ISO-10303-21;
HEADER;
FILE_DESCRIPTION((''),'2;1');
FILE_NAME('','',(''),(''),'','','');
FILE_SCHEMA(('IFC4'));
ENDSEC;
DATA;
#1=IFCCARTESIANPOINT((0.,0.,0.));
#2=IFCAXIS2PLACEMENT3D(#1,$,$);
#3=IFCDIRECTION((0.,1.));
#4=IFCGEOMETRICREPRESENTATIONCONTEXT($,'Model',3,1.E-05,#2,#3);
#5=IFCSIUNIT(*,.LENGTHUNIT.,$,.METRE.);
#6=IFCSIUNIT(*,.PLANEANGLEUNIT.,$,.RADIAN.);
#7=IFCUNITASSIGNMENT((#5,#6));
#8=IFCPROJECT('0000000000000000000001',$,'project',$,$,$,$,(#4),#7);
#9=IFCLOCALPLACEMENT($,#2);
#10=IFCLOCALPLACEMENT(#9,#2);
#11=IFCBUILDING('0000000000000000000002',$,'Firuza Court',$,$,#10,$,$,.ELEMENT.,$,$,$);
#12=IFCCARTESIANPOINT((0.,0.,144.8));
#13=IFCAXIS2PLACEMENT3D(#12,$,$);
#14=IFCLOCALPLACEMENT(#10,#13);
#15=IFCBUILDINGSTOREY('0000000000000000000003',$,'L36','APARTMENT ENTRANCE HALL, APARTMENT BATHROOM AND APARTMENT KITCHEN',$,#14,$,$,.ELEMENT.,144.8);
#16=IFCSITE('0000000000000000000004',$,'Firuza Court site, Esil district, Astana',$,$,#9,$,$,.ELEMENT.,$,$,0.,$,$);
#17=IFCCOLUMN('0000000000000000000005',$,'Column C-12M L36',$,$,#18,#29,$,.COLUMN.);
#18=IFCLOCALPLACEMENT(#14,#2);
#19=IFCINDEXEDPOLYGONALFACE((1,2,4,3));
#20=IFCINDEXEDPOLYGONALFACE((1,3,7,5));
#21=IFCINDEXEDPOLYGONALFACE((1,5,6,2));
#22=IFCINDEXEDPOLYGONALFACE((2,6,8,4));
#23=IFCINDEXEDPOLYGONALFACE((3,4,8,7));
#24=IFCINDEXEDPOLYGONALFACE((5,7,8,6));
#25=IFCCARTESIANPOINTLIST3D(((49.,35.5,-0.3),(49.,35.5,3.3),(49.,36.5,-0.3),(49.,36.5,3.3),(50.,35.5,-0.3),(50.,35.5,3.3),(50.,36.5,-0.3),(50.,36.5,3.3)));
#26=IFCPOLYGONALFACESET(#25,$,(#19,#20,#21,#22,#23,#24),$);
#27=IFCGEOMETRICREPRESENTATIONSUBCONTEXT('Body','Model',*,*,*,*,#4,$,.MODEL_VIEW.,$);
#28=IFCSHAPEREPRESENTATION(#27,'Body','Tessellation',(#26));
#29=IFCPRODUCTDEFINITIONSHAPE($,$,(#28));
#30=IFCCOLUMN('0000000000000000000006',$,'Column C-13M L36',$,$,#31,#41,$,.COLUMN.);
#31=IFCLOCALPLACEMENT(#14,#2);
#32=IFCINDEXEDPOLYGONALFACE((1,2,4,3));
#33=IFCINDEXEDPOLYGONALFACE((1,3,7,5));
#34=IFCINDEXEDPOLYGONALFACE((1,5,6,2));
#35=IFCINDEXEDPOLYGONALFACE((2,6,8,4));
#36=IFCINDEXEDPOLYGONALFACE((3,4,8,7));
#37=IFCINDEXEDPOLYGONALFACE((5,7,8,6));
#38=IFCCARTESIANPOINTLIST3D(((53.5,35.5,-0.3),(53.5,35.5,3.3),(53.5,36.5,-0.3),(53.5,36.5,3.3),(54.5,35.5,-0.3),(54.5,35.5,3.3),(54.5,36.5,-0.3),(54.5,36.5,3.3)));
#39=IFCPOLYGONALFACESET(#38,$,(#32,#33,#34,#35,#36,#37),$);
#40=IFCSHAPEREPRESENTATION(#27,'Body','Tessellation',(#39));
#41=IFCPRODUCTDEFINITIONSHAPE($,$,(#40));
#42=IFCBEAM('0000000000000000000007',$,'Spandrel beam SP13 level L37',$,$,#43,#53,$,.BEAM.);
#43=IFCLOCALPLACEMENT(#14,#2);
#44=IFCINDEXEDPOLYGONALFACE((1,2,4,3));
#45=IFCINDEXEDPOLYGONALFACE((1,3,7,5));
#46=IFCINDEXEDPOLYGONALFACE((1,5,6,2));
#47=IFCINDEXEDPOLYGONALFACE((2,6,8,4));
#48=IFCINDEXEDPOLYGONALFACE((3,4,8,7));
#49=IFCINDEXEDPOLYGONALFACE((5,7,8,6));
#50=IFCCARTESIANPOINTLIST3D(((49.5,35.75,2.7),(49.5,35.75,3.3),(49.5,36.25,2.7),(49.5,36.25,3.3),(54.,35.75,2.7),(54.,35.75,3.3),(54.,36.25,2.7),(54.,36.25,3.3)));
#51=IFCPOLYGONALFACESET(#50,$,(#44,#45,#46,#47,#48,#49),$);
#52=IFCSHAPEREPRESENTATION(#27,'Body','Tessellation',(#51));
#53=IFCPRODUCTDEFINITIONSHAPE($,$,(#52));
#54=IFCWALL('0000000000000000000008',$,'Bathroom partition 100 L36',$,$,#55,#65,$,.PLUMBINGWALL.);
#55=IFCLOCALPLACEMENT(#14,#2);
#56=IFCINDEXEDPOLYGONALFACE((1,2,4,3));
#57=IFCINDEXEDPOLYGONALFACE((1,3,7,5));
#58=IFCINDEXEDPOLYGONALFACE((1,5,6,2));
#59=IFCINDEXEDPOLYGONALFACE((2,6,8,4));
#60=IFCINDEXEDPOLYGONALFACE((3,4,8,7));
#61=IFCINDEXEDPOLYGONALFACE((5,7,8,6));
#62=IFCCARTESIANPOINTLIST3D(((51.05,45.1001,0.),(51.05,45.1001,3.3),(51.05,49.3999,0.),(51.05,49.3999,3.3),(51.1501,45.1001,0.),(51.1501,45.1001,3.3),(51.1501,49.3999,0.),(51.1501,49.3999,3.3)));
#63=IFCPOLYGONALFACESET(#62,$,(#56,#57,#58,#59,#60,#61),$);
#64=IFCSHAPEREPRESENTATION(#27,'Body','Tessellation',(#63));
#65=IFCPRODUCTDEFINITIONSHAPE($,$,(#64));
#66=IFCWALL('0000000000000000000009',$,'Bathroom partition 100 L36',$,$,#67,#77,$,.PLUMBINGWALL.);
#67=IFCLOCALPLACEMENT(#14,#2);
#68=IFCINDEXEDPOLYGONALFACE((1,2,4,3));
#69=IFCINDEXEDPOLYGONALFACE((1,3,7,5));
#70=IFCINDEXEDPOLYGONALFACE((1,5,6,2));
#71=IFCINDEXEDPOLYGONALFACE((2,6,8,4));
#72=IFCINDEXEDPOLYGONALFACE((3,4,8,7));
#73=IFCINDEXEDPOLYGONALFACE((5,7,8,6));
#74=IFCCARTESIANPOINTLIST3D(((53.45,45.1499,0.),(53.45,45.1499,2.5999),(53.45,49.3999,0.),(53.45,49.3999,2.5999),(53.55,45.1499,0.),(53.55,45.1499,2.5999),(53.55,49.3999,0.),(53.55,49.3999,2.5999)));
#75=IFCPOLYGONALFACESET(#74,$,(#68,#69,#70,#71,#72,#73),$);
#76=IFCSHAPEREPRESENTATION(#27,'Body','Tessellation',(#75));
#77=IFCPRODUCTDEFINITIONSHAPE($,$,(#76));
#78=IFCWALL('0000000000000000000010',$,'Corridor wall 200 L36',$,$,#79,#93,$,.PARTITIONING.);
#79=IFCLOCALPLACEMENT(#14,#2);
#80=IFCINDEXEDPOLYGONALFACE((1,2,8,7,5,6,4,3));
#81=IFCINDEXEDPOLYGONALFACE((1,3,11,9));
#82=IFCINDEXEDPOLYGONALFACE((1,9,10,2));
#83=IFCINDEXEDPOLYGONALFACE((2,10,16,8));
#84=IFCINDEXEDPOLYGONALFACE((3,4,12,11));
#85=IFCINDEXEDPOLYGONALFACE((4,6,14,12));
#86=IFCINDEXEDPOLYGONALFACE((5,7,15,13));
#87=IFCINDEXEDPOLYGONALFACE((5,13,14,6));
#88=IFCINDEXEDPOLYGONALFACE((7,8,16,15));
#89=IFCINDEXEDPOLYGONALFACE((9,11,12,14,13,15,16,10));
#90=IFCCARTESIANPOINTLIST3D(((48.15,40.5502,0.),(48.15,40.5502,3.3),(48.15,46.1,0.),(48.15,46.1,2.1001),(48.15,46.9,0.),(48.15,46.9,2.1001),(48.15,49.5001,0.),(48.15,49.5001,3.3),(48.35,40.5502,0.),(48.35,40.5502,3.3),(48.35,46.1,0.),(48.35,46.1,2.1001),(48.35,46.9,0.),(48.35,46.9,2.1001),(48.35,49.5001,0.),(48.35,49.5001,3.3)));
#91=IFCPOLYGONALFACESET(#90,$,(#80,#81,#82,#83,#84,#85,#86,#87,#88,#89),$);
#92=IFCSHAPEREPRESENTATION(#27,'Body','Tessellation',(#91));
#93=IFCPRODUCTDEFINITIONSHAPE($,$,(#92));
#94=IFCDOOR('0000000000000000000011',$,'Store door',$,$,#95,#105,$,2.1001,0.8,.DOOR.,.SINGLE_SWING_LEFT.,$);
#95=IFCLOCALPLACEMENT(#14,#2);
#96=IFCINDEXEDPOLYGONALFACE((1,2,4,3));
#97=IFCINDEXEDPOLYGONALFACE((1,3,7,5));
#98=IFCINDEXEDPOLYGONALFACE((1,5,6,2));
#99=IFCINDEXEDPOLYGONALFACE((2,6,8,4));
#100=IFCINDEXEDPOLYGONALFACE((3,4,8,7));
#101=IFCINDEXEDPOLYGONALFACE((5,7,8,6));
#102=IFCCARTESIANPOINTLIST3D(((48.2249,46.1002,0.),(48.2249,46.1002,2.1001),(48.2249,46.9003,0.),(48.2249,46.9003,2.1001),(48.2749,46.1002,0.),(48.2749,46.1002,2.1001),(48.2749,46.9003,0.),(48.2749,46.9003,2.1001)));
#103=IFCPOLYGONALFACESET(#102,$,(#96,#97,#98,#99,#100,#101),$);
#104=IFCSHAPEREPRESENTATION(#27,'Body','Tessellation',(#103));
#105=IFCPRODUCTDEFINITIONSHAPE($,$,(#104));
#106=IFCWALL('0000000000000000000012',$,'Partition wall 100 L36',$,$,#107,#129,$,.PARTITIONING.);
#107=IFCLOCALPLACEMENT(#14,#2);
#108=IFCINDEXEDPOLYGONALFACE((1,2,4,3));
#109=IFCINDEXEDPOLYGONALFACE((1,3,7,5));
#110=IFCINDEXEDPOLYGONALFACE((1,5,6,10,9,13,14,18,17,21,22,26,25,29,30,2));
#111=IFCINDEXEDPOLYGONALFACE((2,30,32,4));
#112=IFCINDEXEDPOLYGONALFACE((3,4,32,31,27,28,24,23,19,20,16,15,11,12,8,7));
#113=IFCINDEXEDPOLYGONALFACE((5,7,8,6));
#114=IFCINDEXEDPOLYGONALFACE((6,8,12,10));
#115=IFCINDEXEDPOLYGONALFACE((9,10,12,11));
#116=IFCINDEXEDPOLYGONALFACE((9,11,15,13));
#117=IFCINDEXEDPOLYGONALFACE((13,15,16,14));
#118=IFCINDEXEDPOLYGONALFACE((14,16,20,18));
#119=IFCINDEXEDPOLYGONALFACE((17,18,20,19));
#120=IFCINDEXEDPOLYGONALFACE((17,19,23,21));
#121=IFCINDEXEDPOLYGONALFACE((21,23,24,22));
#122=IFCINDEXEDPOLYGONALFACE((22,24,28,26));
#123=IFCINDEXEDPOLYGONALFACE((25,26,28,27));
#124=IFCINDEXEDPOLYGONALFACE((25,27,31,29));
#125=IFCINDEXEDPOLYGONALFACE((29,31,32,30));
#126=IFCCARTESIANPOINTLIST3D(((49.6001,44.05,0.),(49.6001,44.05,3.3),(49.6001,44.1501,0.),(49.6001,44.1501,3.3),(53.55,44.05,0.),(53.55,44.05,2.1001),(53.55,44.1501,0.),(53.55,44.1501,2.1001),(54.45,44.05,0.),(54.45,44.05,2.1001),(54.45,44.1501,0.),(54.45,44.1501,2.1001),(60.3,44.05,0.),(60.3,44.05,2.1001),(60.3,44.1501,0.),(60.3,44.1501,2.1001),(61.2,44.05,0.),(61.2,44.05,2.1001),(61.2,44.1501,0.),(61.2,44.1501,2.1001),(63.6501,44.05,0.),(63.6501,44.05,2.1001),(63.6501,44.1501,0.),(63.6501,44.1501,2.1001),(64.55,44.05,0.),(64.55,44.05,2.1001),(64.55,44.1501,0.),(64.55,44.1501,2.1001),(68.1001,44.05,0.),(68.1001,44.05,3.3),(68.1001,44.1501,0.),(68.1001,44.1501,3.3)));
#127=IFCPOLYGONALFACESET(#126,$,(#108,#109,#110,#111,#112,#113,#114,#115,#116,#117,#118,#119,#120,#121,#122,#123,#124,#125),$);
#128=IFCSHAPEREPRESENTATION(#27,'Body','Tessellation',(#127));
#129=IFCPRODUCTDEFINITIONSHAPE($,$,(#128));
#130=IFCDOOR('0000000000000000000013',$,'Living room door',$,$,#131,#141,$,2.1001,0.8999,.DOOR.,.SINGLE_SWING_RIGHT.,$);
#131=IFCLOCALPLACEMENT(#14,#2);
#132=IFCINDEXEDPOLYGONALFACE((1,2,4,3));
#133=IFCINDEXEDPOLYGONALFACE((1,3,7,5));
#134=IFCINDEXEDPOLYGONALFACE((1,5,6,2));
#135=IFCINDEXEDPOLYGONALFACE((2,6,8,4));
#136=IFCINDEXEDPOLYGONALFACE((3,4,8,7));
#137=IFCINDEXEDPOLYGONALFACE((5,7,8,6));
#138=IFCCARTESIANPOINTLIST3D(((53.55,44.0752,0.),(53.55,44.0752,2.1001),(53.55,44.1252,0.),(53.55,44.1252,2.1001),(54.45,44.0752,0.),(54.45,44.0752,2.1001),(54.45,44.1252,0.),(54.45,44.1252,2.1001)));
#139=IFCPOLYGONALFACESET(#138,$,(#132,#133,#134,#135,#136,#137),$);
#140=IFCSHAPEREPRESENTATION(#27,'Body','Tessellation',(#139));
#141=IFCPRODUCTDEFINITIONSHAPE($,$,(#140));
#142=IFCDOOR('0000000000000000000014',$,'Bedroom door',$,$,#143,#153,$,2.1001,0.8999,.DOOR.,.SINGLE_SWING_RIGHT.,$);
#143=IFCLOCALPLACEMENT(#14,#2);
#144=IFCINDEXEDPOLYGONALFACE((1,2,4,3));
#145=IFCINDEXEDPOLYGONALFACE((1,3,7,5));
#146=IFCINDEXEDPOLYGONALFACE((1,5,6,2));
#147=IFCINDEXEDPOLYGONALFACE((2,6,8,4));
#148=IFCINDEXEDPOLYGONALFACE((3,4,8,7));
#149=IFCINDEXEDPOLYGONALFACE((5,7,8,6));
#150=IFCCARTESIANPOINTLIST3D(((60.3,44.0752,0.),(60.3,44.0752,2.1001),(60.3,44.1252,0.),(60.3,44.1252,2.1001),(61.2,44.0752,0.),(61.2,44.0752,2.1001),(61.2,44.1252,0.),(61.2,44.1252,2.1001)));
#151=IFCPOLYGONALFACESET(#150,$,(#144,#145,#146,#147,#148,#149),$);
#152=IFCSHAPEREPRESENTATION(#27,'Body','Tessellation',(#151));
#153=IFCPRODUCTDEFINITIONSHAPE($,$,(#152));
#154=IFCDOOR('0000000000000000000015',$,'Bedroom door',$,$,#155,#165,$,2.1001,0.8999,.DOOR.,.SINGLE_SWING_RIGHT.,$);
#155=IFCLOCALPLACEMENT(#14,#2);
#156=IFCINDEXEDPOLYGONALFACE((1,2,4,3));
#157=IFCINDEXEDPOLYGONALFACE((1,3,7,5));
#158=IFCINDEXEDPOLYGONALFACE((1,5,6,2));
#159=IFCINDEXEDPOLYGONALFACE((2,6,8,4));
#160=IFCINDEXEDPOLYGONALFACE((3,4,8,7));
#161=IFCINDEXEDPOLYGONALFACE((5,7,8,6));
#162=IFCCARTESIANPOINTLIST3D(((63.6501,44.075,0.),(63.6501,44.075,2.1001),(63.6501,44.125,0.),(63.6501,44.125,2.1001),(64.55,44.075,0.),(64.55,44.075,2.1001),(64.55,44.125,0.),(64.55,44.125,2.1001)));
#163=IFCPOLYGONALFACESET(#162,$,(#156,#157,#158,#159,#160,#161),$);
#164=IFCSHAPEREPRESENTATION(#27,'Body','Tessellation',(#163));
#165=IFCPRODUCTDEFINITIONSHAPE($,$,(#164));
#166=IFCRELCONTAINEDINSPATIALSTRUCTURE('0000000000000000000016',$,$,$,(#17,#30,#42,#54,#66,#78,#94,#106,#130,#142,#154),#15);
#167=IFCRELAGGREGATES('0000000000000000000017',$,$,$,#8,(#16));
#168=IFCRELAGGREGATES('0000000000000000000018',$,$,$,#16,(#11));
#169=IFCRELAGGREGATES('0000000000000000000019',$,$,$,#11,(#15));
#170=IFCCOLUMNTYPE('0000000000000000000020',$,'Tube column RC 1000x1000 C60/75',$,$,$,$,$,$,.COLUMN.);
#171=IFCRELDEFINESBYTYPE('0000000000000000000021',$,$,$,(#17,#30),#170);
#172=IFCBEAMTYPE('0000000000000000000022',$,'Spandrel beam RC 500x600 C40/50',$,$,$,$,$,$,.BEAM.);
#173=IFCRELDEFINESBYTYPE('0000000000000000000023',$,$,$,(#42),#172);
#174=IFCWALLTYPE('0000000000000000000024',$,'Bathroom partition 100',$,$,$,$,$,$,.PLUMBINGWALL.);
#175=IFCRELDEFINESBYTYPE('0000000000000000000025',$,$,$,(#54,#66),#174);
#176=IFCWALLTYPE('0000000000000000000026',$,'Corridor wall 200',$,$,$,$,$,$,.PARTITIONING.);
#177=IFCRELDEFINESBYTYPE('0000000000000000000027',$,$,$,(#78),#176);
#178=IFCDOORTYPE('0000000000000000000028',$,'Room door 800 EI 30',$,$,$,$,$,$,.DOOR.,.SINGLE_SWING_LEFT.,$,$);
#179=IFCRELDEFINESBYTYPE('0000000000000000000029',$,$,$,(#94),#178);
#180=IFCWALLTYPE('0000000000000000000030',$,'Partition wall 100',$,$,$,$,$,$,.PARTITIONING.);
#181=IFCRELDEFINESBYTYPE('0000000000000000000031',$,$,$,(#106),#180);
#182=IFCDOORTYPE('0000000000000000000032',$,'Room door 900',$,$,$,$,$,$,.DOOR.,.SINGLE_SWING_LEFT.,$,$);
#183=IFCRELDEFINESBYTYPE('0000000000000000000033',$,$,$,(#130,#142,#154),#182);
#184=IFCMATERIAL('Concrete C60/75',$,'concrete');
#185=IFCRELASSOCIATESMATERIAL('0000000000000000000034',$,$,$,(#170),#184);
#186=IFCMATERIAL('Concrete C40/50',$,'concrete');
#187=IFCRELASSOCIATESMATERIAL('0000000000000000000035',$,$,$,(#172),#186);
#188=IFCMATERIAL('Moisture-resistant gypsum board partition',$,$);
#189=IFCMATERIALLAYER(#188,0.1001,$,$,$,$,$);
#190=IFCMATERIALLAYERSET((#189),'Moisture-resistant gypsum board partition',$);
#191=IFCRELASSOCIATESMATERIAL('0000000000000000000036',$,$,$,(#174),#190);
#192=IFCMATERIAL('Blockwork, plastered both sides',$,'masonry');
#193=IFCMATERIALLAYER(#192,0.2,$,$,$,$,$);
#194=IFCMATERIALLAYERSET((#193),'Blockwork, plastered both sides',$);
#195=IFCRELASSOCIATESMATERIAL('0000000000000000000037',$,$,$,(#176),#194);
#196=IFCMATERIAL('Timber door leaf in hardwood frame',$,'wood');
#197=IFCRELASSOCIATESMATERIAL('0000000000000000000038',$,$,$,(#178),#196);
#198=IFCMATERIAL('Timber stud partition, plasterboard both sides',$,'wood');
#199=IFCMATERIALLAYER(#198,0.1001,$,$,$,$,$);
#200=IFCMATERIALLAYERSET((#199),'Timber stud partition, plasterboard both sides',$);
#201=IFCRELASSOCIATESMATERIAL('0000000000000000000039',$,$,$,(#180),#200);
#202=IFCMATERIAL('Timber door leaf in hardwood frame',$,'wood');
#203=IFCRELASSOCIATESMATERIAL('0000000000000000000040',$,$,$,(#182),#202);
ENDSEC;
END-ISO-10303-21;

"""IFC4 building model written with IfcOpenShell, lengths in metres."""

from ifc_helpers import new_model, si_unit, direction, frame, frame_2d, origin, origin_2d, place, context, subcontext, project, spatial, rectangle, extrude, material, layer, layer_set, material_profile, profile_set, type_object, element, fill, save


model = new_model("IFC4")

# Units and contexts
model_context = context("Model", 3, precision=1e-05, world=origin(), true_north=direction((0.0, 1.0)))
body_context = subcontext(model_context, "Body", "Model", "MODEL_VIEW")
ifc_project = project(units=[si_unit("LENGTHUNIT", "METRE"), si_unit("PLANEANGLEUNIT", "RADIAN")], contexts=[model_context])

# Site, building, storey
site_placement = place(None, origin())
site = spatial("IfcSite", under=ifc_project, at=site_placement, Name="Firuza Court site, Esil district, Astana", CompositionType="ELEMENT", RefElevation=0.0)
building_placement = place(site_placement, origin())
building = spatial("IfcBuilding", under=site, at=building_placement, Name="Firuza Court", CompositionType="ELEMENT")
storey_placement = place(building_placement, frame((0.0, 0.0, 144.8)))
storey = spatial("IfcBuildingStorey", under=building, at=storey_placement, Name="L36", Description="APARTMENT ENTRANCE HALL, APARTMENT BATHROOM AND APARTMENT KITCHEN", CompositionType="ELEMENT", Elevation=144.8)

# Columns
ifc_material_1 = material(Name="Concrete C60/75", Category="concrete")
ifc_material_profile_1 = material_profile(ifc_material_1, rectangle(XDim=1.0, YDim=1.0, at=origin_2d()), Name="RC 1000x1000")
ifc_profile_set_1 = profile_set([ifc_material_profile_1], Name="Concrete C60/75")
column_type = type_object("IfcColumnType", Name="Tube column RC 1000x1000 C60/75", PredefinedType="COLUMN", material=ifc_profile_set_1)
for number, where, z_axis, x_axis, name in (
    (1, (49.5, 36.0, -0.3), (0.0, 0.0, 1.0), (1.0, 0.0, 0.0), "Column C-12M L36"),
    (2, (54.0, 36.0, -0.3), (0.0, 0.0, 1.0), (1.0, 0.0, 0.0), "Column C-13M L36"),
):
    element("IfcColumn", number, at=place(storey_placement, frame(where, z_axis=z_axis, x_axis=x_axis)), inside=storey, type_object=column_type, Name=name, PredefinedType="COLUMN", context=body_context, shape_type="SweptSolid", body=[
        extrude(rectangle(XDim=1.0, YDim=1.0, at=origin_2d()), origin(), (0.0, 0.0, 1.0), 3.6001),
    ])

# Beam
ifc_material_2 = material(Name="Concrete C40/50", Category="concrete")
ifc_material_profile_2 = material_profile(ifc_material_2, rectangle(XDim=0.5, YDim=0.6001, at=origin_2d()), Name="RC 500x600")
ifc_profile_set_2 = profile_set([ifc_material_profile_2], Name="Concrete C40/50")
beam_type = type_object("IfcBeamType", Name="Spandrel beam RC 500x600 C40/50", PredefinedType="BEAM", material=ifc_profile_set_2)
beam_placement = place(storey_placement, frame((49.5, 36.0, 3.0), z_axis=(1.0, 0.0, 0.0), x_axis=(0.0, 1.0, 0.0)))
element("IfcBeam", 3, at=beam_placement, inside=storey, type_object=beam_type, Name="Spandrel beam SP13 level L37", PredefinedType="BEAM", context=body_context, shape_type="SweptSolid", body=[
    extrude(rectangle(XDim=0.5, YDim=0.6001, at=origin_2d()), origin(), (0.0, 0.0, 1.0), 4.5),
])

# Walls
ifc_material_3 = material(Name="Moisture-resistant gypsum board partition")
ifc_layer_1 = layer(ifc_material_3, 0.1001)
ifc_layer_set_1 = layer_set([ifc_layer_1], Name="Moisture-resistant gypsum board partition")
wall_type_1 = type_object("IfcWallType", Name="Bathroom partition 100", PredefinedType="PLUMBINGWALL", material=ifc_layer_set_1)
wall_1_placement = place(storey_placement, frame((51.1001, 45.1001, 0.0), z_axis=(0.0, 0.0, 1.0), x_axis=(0.0, 1.0, 0.0)))
element("IfcWall", 4, at=wall_1_placement, inside=storey, type_object=wall_type_1, Name="Bathroom partition 100 L36", PredefinedType="PLUMBINGWALL", context=body_context, shape_type="SweptSolid", body=[
    extrude(rectangle(XDim=4.2998, YDim=0.1001, at=frame_2d((2.1499, 0.0))), origin(), (0.0, 0.0, 1.0), 3.3),
])
wall_2_placement = place(storey_placement, frame((53.5, 45.1499, 0.0), z_axis=(0.0, 0.0, 1.0), x_axis=(0.0, 1.0, 0.0)))
element("IfcWall", 5, at=wall_2_placement, inside=storey, type_object=wall_type_1, Name="Bathroom partition 100 L36", PredefinedType="PLUMBINGWALL", context=body_context, shape_type="SweptSolid", body=[
    extrude(rectangle(XDim=4.25, YDim=0.1001, at=frame_2d((2.125, 0.0))), origin(), (0.0, 0.0, 1.0), 2.5999),
])

# Wall, opening, door
ifc_material_4 = material(Name="Blockwork, plastered both sides", Category="masonry")
ifc_layer_2 = layer(ifc_material_4, 0.2)
ifc_layer_set_2 = layer_set([ifc_layer_2], Name="Blockwork, plastered both sides")
wall_type_2 = type_object("IfcWallType", Name="Corridor wall 200", PredefinedType="PARTITIONING", material=ifc_layer_set_2)
wall_3_placement = place(storey_placement, frame((48.25, 40.55, 0.0), z_axis=(0.0, 0.0, 1.0), x_axis=(0.0, 1.0, 0.0)))
wall_3 = element("IfcWall", 6, at=wall_3_placement, inside=storey, type_object=wall_type_2, Name="Corridor wall 200 L36", PredefinedType="PARTITIONING", context=body_context, shape_type="SweptSolid", body=[
    extrude(rectangle(XDim=8.95, YDim=0.2, at=frame_2d((4.4751, 0.0))), origin(), (0.0, 0.0, 1.0), 3.3),
])
opening_1_placement = place(wall_3_placement, frame((5.55, 0.0, 0.0)))
opening_1 = element("IfcOpeningElement", 7, at=opening_1_placement, cuts=wall_3, PredefinedType="OPENING", context=body_context, shape_type="SweptSolid", body=[
    extrude(rectangle(XDim=0.8, YDim=2.1001, at=frame_2d((0.3999, 1.05))), frame((0.0, 0.1118, 0.0), z_axis=(0.0, -1.0, 0.0), x_axis=(1.0, 0.0, 0.0)), (0.0, 0.0, 1.0), 0.2239),
])
ifc_material_5 = material(Name="Timber door leaf in hardwood frame", Category="wood")
door_type_1 = type_object("IfcDoorType", Name="Room door 800 EI 30", OperationType="SINGLE_SWING_LEFT", PredefinedType="DOOR", material=ifc_material_5)
door_1_placement = place(opening_1_placement, frame((0.8, 0.0, 0.0), z_axis=(0.0, 0.0, 1.0), x_axis=(-1.0, 0.0, 0.0)))
door_1 = element("IfcDoor", 8, at=door_1_placement, inside=storey, type_object=door_type_1, Name="Store door", OperationType="SINGLE_SWING_LEFT", OverallHeight=2.1001, OverallWidth=0.8, PredefinedType="DOOR", context=body_context, shape_type="SweptSolid", body=[
    extrude(rectangle(XDim=0.8, YDim=2.1001, at=frame_2d((0.3999, 1.05))), frame((0.0, 0.0249, 0.0), z_axis=(0.0, -1.0, 0.0), x_axis=(1.0, 0.0, 0.0)), (0.0, 0.0, 1.0), 0.05),
])
fill(opening_1, door_1)

# Wall, openings, doors
ifc_material_6 = material(Name="Timber stud partition, plasterboard both sides", Category="wood")
ifc_layer_3 = layer(ifc_material_6, 0.1001)
ifc_layer_set_3 = layer_set([ifc_layer_3], Name="Timber stud partition, plasterboard both sides")
wall_type_3 = type_object("IfcWallType", Name="Partition wall 100", PredefinedType="PARTITIONING", material=ifc_layer_set_3)
wall_4_placement = place(storey_placement, frame((49.6001, 44.1001, 0.0), z_axis=(0.0, 0.0, 1.0), x_axis=(1.0, 0.0, 0.0)))
wall_4 = element("IfcWall", 9, at=wall_4_placement, inside=storey, type_object=wall_type_3, Name="Partition wall 100 L36", PredefinedType="PARTITIONING", context=body_context, shape_type="SweptSolid", body=[
    extrude(rectangle(XDim=18.5, YDim=0.1001, at=frame_2d((9.25, 0.0))), origin(), (0.0, 0.0, 1.0), 3.3),
])
opening_2_placement = place(wall_4_placement, frame((3.95, 0.0, 0.0)))
opening_2 = element("IfcOpeningElement", 10, at=opening_2_placement, cuts=wall_4, PredefinedType="OPENING", context=body_context, shape_type="SweptSolid", body=[
    extrude(rectangle(XDim=0.8999, YDim=2.1001, at=frame_2d((0.45, 1.05))), frame((0.0, 0.062, 0.0), z_axis=(0.0, -1.0, 0.0), x_axis=(1.0, 0.0, 0.0)), (0.0, 0.0, 1.0), 0.124),
])
opening_3_placement = place(wall_4_placement, frame((10.7, 0.0, 0.0)))
opening_3 = element("IfcOpeningElement", 11, at=opening_3_placement, cuts=wall_4, PredefinedType="OPENING", context=body_context, shape_type="SweptSolid", body=[
    extrude(rectangle(XDim=0.8999, YDim=2.1001, at=frame_2d((0.45, 1.05))), frame((0.0, 0.062, 0.0), z_axis=(0.0, -1.0, 0.0), x_axis=(1.0, 0.0, 0.0)), (0.0, 0.0, 1.0), 0.124),
])
opening_4_placement = place(wall_4_placement, frame((14.05, 0.0, 0.0)))
opening_4 = element("IfcOpeningElement", 12, at=opening_4_placement, cuts=wall_4, PredefinedType="OPENING", context=body_context, shape_type="SweptSolid", body=[
    extrude(rectangle(XDim=0.8999, YDim=2.1001, at=frame_2d((0.45, 1.05))), frame((0.0, 0.062, 0.0), z_axis=(0.0, -1.0, 0.0), x_axis=(1.0, 0.0, 0.0)), (0.0, 0.0, 1.0), 0.124),
])
ifc_material_7 = material(Name="Timber door leaf in hardwood frame", Category="wood")
door_type_2 = type_object("IfcDoorType", Name="Room door 900", OperationType="SINGLE_SWING_LEFT", PredefinedType="DOOR", material=ifc_material_7)
door_2_placement = place(opening_2_placement, frame((0.8999, 0.0, 0.0), z_axis=(0.0, 0.0, 1.0), x_axis=(-1.0, 0.0, 0.0)))
door_2 = element("IfcDoor", 13, at=door_2_placement, inside=storey, type_object=door_type_2, Name="Living room door", OperationType="SINGLE_SWING_RIGHT", OverallHeight=2.1001, OverallWidth=0.8999, PredefinedType="DOOR", context=body_context, shape_type="SweptSolid", body=[
    extrude(rectangle(XDim=0.8999, YDim=2.1001, at=frame_2d((0.45, 1.05))), frame((0.0, 0.0249, 0.0), z_axis=(0.0, -1.0, 0.0), x_axis=(1.0, 0.0, 0.0)), (0.0, 0.0, 1.0), 0.05),
])
fill(opening_2, door_2)
door_3_placement = place(opening_3_placement, frame((0.8999, 0.0, 0.0), z_axis=(0.0, 0.0, 1.0), x_axis=(-1.0, 0.0, 0.0)))
door_3 = element("IfcDoor", 14, at=door_3_placement, inside=storey, type_object=door_type_2, Name="Bedroom door", OperationType="SINGLE_SWING_RIGHT", OverallHeight=2.1001, OverallWidth=0.8999, PredefinedType="DOOR", context=body_context, shape_type="SweptSolid", body=[
    extrude(rectangle(XDim=0.8999, YDim=2.1001, at=frame_2d((0.45, 1.05))), frame((0.0, 0.0249, 0.0), z_axis=(0.0, -1.0, 0.0), x_axis=(1.0, 0.0, 0.0)), (0.0, 0.0, 1.0), 0.05),
])
fill(opening_3, door_3)
door_4_placement = place(opening_4_placement, origin())
door_4 = element("IfcDoor", 15, at=door_4_placement, inside=storey, type_object=door_type_2, Name="Bedroom door", OperationType="SINGLE_SWING_RIGHT", OverallHeight=2.1001, OverallWidth=0.8999, PredefinedType="DOOR", context=body_context, shape_type="SweptSolid", body=[
    extrude(rectangle(XDim=0.8999, YDim=2.1001, at=frame_2d((0.45, 1.05))), frame((0.0, 0.0249, 0.0), z_axis=(0.0, -1.0, 0.0), x_axis=(1.0, 0.0, 0.0)), (0.0, 0.0, 1.0), 0.05),
])
fill(opening_4, door_4)

save(model, "model.ifc")
